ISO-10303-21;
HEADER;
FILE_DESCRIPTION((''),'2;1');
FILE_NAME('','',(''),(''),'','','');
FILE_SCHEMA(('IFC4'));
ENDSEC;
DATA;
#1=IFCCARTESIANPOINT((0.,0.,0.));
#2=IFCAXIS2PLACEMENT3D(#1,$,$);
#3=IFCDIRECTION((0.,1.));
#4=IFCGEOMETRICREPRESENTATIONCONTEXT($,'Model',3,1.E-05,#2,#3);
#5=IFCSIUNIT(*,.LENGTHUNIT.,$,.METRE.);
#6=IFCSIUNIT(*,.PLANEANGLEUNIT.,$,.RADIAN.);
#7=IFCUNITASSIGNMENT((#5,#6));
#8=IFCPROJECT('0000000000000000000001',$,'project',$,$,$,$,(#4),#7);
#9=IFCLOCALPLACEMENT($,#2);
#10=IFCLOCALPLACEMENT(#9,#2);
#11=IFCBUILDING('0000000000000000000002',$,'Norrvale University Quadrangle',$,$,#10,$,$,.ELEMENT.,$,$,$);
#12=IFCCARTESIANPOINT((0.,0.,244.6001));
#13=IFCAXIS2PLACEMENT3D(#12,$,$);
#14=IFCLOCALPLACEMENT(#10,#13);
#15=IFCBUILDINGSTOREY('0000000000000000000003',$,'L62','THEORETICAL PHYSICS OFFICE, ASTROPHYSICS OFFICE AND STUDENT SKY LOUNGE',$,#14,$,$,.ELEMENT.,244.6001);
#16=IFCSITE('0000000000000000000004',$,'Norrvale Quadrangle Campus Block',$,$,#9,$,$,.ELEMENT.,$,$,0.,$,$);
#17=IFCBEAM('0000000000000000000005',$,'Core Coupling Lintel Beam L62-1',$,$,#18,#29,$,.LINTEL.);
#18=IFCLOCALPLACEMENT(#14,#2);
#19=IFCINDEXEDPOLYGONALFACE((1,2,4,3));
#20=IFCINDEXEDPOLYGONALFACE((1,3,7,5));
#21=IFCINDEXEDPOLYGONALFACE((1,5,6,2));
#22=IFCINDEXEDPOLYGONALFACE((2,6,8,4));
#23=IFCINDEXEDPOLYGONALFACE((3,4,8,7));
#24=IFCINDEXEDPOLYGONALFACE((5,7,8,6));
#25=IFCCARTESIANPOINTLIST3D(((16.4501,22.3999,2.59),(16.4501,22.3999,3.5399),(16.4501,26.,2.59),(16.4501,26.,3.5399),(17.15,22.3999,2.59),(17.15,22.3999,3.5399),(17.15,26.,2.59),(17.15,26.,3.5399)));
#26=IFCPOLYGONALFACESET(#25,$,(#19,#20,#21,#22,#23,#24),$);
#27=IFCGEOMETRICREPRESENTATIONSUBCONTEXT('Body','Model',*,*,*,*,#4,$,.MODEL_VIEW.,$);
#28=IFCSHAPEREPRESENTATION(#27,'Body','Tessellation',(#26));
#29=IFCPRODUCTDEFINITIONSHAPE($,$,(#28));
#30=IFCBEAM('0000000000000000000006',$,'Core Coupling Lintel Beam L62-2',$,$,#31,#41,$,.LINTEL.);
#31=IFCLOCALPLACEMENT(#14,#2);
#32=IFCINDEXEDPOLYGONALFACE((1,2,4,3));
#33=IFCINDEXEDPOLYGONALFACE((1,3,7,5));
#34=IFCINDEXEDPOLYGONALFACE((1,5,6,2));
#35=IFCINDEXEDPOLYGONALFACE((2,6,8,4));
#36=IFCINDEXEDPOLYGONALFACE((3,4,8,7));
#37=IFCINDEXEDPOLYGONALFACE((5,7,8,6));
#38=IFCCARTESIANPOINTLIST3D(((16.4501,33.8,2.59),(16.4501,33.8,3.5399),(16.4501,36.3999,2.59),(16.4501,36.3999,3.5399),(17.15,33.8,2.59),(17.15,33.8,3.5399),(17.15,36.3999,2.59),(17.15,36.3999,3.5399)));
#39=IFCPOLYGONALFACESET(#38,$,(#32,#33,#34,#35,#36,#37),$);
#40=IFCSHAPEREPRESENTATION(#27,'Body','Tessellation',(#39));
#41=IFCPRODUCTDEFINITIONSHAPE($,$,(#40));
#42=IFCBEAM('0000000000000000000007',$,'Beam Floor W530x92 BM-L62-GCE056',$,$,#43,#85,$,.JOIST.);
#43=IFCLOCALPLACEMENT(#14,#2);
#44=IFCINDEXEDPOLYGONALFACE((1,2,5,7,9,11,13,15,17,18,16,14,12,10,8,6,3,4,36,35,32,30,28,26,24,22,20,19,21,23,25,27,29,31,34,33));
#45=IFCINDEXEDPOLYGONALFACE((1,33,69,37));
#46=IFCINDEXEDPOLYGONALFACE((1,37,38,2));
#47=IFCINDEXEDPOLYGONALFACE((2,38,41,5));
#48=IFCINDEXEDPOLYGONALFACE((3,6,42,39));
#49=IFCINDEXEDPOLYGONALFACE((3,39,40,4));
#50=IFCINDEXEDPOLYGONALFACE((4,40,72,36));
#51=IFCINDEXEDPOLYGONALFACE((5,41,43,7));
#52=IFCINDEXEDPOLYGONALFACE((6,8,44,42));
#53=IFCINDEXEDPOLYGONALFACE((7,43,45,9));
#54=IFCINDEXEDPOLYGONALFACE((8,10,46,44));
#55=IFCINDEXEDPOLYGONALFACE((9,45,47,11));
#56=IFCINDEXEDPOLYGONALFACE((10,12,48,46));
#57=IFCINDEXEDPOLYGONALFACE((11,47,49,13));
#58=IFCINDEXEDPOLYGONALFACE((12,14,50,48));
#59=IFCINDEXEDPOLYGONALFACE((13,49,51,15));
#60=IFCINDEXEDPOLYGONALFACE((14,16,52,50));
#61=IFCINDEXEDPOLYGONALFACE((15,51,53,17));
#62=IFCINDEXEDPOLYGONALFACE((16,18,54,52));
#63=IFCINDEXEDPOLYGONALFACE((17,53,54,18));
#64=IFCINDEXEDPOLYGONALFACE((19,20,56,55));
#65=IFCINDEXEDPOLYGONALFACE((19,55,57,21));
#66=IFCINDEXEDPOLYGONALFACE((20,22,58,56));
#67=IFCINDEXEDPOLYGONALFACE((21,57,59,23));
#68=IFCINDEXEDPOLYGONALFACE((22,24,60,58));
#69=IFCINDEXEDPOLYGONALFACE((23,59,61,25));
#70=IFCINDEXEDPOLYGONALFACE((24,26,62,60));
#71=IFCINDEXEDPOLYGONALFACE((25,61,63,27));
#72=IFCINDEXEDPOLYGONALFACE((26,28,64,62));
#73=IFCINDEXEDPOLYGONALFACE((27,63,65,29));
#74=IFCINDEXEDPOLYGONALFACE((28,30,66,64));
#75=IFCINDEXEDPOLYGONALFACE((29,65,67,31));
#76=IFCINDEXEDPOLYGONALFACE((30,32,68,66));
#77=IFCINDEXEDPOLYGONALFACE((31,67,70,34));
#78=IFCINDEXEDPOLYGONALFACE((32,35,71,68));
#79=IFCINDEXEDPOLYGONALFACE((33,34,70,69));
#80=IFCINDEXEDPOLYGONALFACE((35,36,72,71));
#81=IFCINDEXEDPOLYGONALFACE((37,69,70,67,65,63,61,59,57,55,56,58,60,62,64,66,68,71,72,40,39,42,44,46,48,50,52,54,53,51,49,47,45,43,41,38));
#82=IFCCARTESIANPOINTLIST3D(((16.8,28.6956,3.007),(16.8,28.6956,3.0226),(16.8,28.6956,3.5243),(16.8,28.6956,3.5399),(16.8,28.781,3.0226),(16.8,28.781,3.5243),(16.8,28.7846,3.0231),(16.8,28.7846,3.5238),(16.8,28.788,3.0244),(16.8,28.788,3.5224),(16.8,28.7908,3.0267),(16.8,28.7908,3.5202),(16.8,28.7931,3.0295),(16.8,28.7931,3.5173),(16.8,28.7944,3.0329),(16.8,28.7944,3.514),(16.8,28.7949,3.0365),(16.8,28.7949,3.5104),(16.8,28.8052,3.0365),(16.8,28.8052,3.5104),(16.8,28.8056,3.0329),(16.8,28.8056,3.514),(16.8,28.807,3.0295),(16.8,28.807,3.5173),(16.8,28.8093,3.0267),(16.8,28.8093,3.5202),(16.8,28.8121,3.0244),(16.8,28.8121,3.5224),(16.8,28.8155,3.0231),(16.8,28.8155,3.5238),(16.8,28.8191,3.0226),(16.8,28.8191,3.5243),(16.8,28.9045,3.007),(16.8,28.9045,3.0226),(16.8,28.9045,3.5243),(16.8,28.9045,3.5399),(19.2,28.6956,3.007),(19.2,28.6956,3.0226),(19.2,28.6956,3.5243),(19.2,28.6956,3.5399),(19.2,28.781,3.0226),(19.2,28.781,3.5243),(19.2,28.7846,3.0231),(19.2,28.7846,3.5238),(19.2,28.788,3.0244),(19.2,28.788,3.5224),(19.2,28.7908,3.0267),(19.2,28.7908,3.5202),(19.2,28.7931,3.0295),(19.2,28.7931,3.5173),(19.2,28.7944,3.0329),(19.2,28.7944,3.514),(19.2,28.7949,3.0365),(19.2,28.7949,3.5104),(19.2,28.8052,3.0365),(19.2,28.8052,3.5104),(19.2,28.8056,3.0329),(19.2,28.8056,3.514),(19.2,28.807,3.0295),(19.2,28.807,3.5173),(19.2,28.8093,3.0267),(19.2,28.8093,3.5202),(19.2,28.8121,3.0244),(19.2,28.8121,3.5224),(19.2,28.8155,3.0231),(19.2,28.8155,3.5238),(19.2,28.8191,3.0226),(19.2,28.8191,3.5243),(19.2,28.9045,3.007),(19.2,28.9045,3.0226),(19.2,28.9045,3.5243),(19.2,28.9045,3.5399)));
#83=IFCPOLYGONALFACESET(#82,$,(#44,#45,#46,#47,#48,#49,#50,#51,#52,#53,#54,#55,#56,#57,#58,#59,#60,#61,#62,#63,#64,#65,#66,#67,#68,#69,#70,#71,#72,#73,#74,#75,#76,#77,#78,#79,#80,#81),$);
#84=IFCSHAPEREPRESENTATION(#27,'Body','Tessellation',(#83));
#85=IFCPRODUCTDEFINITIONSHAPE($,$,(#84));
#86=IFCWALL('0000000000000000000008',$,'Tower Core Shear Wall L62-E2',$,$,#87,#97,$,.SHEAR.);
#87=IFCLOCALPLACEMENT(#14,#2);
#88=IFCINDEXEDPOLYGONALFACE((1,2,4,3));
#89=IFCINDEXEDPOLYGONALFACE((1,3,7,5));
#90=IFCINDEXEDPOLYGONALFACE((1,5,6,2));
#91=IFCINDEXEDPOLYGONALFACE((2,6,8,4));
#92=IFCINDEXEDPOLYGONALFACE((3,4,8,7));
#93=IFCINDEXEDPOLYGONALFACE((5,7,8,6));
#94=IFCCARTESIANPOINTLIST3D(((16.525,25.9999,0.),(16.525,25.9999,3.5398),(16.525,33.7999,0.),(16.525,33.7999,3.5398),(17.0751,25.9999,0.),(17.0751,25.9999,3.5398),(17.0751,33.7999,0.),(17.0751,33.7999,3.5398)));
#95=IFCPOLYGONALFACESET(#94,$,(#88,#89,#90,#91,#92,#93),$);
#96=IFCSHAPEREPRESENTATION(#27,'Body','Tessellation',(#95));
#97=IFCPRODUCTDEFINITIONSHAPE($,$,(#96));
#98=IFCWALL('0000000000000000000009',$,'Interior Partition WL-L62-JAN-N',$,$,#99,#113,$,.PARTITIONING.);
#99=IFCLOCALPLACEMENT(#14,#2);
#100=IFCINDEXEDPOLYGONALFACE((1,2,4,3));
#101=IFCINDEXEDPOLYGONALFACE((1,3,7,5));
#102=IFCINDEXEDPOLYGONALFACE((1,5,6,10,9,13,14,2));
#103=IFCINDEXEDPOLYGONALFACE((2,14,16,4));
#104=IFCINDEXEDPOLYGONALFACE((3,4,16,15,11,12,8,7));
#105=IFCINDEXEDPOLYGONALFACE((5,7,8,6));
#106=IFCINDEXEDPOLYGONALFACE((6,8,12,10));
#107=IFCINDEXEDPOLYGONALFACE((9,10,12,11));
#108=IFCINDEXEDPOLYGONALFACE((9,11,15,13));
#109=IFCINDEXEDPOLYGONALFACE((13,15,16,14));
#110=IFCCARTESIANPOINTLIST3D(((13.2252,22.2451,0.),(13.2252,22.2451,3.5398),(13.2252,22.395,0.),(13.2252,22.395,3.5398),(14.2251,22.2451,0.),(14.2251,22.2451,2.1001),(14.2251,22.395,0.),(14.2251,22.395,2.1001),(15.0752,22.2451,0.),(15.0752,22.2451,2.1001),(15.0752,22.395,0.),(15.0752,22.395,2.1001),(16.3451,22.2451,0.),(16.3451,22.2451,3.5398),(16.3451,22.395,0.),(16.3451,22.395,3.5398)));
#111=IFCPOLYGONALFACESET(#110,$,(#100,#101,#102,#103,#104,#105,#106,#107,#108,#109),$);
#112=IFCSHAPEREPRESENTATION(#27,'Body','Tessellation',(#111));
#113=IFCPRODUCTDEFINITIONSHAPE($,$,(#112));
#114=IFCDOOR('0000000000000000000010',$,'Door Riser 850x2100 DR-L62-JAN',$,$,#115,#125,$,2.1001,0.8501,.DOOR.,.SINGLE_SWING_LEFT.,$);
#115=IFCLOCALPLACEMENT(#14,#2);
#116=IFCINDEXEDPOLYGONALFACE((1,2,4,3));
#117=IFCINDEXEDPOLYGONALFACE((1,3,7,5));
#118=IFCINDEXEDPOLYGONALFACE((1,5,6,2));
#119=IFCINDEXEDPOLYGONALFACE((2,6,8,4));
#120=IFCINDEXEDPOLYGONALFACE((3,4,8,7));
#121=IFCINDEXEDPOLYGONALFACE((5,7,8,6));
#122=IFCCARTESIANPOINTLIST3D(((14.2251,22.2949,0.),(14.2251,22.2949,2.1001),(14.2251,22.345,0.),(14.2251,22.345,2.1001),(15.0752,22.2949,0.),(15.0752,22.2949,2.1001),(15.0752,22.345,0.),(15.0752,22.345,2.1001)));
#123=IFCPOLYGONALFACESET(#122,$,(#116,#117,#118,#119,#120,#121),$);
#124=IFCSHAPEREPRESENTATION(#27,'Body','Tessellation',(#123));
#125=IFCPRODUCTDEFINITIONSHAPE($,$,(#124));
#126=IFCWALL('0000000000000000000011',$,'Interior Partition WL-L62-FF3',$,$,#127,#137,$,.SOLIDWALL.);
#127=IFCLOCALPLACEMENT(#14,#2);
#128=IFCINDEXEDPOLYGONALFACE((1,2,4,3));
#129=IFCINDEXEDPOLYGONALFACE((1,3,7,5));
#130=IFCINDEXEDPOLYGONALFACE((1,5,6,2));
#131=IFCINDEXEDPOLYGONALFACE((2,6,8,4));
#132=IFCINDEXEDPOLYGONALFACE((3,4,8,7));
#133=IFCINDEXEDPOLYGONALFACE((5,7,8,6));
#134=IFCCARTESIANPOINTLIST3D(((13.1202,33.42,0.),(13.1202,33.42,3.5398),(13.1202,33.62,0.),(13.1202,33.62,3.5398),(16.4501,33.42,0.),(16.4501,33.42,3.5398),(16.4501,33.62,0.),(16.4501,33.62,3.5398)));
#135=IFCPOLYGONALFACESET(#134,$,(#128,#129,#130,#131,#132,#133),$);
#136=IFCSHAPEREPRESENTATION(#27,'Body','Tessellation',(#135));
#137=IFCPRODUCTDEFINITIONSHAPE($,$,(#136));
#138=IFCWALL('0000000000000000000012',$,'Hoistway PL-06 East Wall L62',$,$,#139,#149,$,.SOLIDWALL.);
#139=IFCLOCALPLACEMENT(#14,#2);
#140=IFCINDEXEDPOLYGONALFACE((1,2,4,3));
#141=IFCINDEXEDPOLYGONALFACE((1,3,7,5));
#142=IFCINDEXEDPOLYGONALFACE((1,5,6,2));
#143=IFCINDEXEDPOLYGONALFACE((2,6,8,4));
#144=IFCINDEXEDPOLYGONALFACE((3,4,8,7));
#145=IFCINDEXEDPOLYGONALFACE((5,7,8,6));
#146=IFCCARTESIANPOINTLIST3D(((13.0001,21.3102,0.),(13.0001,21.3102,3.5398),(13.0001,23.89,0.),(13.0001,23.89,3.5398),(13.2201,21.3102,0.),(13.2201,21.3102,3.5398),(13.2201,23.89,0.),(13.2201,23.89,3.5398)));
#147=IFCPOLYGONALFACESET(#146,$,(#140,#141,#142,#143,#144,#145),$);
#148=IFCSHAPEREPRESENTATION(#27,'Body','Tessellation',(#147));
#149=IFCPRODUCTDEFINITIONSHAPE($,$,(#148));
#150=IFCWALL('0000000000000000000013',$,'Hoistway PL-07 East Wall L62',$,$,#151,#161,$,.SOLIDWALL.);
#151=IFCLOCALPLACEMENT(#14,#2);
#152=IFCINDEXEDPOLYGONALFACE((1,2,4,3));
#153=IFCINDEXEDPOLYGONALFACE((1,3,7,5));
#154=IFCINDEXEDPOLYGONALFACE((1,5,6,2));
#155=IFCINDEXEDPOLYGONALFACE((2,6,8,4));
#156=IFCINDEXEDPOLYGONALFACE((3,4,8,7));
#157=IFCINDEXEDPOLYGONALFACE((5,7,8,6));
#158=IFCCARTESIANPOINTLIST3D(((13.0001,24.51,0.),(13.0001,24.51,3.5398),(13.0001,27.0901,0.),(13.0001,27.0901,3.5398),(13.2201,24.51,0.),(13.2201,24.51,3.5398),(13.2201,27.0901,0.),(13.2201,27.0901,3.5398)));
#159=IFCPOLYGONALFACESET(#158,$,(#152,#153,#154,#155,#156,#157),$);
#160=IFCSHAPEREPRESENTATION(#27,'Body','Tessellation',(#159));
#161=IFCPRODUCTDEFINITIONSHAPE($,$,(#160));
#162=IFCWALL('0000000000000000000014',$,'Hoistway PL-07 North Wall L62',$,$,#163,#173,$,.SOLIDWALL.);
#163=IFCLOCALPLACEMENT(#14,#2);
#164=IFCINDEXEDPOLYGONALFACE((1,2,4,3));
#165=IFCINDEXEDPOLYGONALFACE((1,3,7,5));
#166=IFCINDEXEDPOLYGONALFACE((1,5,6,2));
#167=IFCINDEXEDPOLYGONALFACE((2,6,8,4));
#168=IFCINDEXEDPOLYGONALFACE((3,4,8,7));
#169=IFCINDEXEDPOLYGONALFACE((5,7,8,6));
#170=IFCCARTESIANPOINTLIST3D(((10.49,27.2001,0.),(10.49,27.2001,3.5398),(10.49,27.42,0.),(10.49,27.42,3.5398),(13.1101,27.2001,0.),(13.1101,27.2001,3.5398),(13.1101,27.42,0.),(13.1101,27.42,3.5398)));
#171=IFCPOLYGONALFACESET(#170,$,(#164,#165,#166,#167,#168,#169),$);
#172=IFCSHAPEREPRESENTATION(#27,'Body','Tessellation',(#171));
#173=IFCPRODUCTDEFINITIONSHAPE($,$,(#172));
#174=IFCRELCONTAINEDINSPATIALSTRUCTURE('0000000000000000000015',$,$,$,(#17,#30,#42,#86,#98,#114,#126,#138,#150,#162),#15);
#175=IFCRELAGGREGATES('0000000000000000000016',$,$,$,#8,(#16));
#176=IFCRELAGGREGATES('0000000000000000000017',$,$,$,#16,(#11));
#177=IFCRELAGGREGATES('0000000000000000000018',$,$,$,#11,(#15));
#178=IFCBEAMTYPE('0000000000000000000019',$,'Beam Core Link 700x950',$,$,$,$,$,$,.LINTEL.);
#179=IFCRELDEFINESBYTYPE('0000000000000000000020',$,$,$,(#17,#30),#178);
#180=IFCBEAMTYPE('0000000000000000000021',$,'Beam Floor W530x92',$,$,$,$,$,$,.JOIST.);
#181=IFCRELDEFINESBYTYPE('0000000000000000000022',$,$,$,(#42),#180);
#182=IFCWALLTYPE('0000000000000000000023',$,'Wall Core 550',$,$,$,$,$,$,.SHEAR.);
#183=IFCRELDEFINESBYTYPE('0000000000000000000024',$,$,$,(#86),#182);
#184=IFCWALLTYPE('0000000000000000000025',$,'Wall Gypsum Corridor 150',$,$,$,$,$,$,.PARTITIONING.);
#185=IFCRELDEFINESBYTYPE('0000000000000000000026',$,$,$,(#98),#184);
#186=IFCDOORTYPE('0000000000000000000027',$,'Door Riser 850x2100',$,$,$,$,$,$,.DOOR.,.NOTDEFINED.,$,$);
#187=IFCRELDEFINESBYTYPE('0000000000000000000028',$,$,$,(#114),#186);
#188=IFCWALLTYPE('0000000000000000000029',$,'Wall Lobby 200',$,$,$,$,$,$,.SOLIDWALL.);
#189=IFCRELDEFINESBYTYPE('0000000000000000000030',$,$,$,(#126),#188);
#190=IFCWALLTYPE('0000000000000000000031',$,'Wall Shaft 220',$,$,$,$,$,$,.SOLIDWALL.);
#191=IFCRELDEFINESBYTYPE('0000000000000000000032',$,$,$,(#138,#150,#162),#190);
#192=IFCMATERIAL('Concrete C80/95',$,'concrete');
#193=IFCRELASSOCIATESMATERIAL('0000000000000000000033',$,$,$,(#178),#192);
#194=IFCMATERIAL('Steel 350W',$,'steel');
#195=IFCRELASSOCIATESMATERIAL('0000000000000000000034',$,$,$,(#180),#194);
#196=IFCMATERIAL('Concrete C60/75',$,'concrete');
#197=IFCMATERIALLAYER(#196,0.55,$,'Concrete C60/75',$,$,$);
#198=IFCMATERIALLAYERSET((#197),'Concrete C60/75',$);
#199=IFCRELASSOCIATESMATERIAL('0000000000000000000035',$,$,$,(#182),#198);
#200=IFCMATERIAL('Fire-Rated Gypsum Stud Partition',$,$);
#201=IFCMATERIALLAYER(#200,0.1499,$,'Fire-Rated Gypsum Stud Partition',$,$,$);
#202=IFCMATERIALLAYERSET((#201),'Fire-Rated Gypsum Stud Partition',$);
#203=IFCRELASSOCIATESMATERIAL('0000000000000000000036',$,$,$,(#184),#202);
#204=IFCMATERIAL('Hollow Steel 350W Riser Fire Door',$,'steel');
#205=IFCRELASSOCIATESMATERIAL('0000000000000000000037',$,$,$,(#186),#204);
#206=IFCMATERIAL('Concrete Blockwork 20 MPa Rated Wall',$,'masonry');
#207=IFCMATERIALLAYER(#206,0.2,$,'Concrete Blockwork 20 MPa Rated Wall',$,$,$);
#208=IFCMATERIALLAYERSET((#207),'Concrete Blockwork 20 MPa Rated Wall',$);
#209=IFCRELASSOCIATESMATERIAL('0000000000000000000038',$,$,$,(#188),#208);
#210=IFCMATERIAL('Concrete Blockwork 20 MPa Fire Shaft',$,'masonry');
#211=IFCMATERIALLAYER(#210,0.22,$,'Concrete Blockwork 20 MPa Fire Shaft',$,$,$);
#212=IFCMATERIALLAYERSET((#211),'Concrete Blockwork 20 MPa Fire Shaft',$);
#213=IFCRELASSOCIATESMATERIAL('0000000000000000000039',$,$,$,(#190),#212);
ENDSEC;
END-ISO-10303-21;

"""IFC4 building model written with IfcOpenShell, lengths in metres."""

from ifc_helpers import new_model, si_unit, direction, frame, frame_2d, origin, origin_2d, place, context, subcontext, project, spatial, rectangle, i_section, extrude, material, layer, layer_set, material_profile, profile_set, type_object, element, fill, save


model = new_model("IFC4")

# Units and contexts
model_context = context("Model", 3, precision=1e-05, world=origin(), true_north=direction((0.0, 1.0)))
body_context = subcontext(model_context, "Body", "Model", "MODEL_VIEW")
ifc_project = project(units=[si_unit("LENGTHUNIT", "METRE"), si_unit("PLANEANGLEUNIT", "RADIAN")], contexts=[model_context])

# Site, building, storey
site_placement = place(None, origin())
site = spatial("IfcSite", under=ifc_project, at=site_placement, Name="Norrvale Quadrangle Campus Block", CompositionType="ELEMENT", RefElevation=0.0)
building_placement = place(site_placement, origin())
building = spatial("IfcBuilding", under=site, at=building_placement, Name="Norrvale University Quadrangle", CompositionType="ELEMENT")
storey_placement = place(building_placement, frame((0.0, 0.0, 244.6001)))
storey = spatial("IfcBuildingStorey", under=building, at=storey_placement, Name="L62", Description="THEORETICAL PHYSICS OFFICE, ASTROPHYSICS OFFICE AND STUDENT SKY LOUNGE", CompositionType="ELEMENT", Elevation=244.6001)

# Beams
ifc_material_1 = material(Name="Concrete C80/95", Category="concrete")
ifc_material_profile_1 = material_profile(ifc_material_1, rectangle(XDim=0.7, YDim=0.95, at=origin_2d()), Name="Concrete C80/95")
ifc_profile_set_1 = profile_set([ifc_material_profile_1], Name="Concrete C80/95")
beam_type_1 = type_object("IfcBeamType", Name="Beam Core Link 700x950", PredefinedType="LINTEL", material=ifc_profile_set_1)
beam_1_placement = place(storey_placement, frame((16.8, 22.3999, 3.0649), z_axis=(0.0, 1.0, 0.0), x_axis=(-1.0, 0.0, 0.0)))
element("IfcBeam", 1, at=beam_1_placement, inside=storey, type_object=beam_type_1, Name="Core Coupling Lintel Beam L62-1", PredefinedType="LINTEL", context=body_context, shape_type="SweptSolid", body=[
    extrude(rectangle(XDim=0.7, YDim=0.95, at=origin_2d()), origin(), (0.0, 0.0, 1.0), 3.6001),
])
beam_2_placement = place(storey_placement, frame((16.8, 33.8, 3.0649), z_axis=(0.0, 1.0, 0.0), x_axis=(-1.0, 0.0, 0.0)))
element("IfcBeam", 2, at=beam_2_placement, inside=storey, type_object=beam_type_1, Name="Core Coupling Lintel Beam L62-2", PredefinedType="LINTEL", context=body_context, shape_type="SweptSolid", body=[
    extrude(rectangle(XDim=0.7, YDim=0.95, at=origin_2d()), origin(), (0.0, 0.0, 1.0), 2.5999),
])
ifc_material_2 = material(Name="Steel 350W", Category="steel")
ifc_material_profile_2 = material_profile(ifc_material_2, i_section(OverallWidth=0.209, OverallDepth=0.533, WebThickness=0.0103, FlangeThickness=0.0156, FilletRadius=0.0139, at=origin_2d()), Name="Steel 350W")
ifc_profile_set_2 = profile_set([ifc_material_profile_2], Name="Steel 350W")
beam_type_2 = type_object("IfcBeamType", Name="Beam Floor W530x92", PredefinedType="JOIST", material=ifc_profile_set_2)
beam_3_placement = place(storey_placement, frame((16.8, 28.8, 3.2734), z_axis=(1.0, 0.0, 0.0), x_axis=(0.0, 1.0, 0.0)))
element("IfcBeam", 3, at=beam_3_placement, inside=storey, type_object=beam_type_2, Name="Beam Floor W530x92 BM-L62-GCE056", PredefinedType="JOIST", context=body_context, shape_type="SweptSolid", body=[
    extrude(i_section(OverallWidth=0.209, OverallDepth=0.533, WebThickness=0.0103, FlangeThickness=0.0156, FilletRadius=0.0139, at=origin_2d()), origin(), (0.0, 0.0, 1.0), 2.3999),
])

# Wall
ifc_material_3 = material(Name="Concrete C60/75", Category="concrete")
ifc_layer_1 = layer(ifc_material_3, 0.55, Name="Concrete C60/75")
ifc_layer_set_1 = layer_set([ifc_layer_1], Name="Concrete C60/75")
wall_type_1 = type_object("IfcWallType", Name="Wall Core 550", PredefinedType="SHEAR", material=ifc_layer_set_1)
wall_1_placement = place(storey_placement, frame((16.8, 26.0, 0.0), z_axis=(0.0, 0.0, 1.0), x_axis=(0.0, 1.0, 0.0)))
element("IfcWall", 4, at=wall_1_placement, inside=storey, type_object=wall_type_1, Name="Tower Core Shear Wall L62-E2", PredefinedType="SHEAR", context=body_context, shape_type="SweptSolid", body=[
    extrude(rectangle(XDim=7.8, YDim=0.55, at=frame_2d((3.8999, 0.0))), origin(), (0.0, 0.0, 1.0), 3.5398),
])

# Wall, opening, door
ifc_material_4 = material(Name="Fire-Rated Gypsum Stud Partition")
ifc_layer_2 = layer(ifc_material_4, 0.1499, Name="Fire-Rated Gypsum Stud Partition")
ifc_layer_set_2 = layer_set([ifc_layer_2], Name="Fire-Rated Gypsum Stud Partition")
wall_type_2 = type_object("IfcWallType", Name="Wall Gypsum Corridor 150", PredefinedType="PARTITIONING", material=ifc_layer_set_2)
wall_2_placement = place(storey_placement, frame((13.2251, 22.3201, 0.0), z_axis=(0.0, 0.0, 1.0), x_axis=(1.0, 0.0, 0.0)))
wall_2 = element("IfcWall", 5, at=wall_2_placement, inside=storey, type_object=wall_type_2, Name="Interior Partition WL-L62-JAN-N", PredefinedType="PARTITIONING", context=body_context, shape_type="SweptSolid", body=[
    extrude(rectangle(XDim=3.1199, YDim=0.1499, at=frame_2d((1.5601, 0.0))), origin(), (0.0, 0.0, 1.0), 3.5398),
])
opening_1_placement = place(wall_2_placement, frame((1.0, 0.0, 0.0)))
opening_1 = element("IfcOpeningElement", 6, at=opening_1_placement, cuts=wall_2, PredefinedType="OPENING", context=body_context, shape_type="SweptSolid", body=[
    extrude(rectangle(XDim=0.8501, YDim=2.1001, at=frame_2d((0.425, 1.05))), frame((0.0, 0.0869, 0.0), z_axis=(0.0, -1.0, 0.0), x_axis=(1.0, 0.0, 0.0)), (0.0, 0.0, 1.0), 0.1738),
])
ifc_material_5 = material(Name="Hollow Steel 350W Riser Fire Door", Category="steel")
door_type_1 = type_object("IfcDoorType", Name="Door Riser 850x2100", OperationType="NOTDEFINED", PredefinedType="DOOR", material=ifc_material_5)
door_1_placement = place(opening_1_placement, origin())
door_1 = element("IfcDoor", 7, at=door_1_placement, inside=storey, type_object=door_type_1, Name="Door Riser 850x2100 DR-L62-JAN", OperationType="SINGLE_SWING_LEFT", OverallHeight=2.1001, OverallWidth=0.8501, PredefinedType="DOOR", context=body_context, shape_type="SweptSolid", body=[
    extrude(rectangle(XDim=0.8501, YDim=2.1001, at=frame_2d((0.425, 1.05))), frame((0.0, 0.0249, 0.0), z_axis=(0.0, -1.0, 0.0), x_axis=(1.0, 0.0, 0.0)), (0.0, 0.0, 1.0), 0.05),
])
fill(opening_1, door_1)

# Walls
ifc_material_6 = material(Name="Concrete Blockwork 20 MPa Rated Wall", Category="masonry")
ifc_layer_3 = layer(ifc_material_6, 0.2, Name="Concrete Blockwork 20 MPa Rated Wall")
ifc_layer_set_3 = layer_set([ifc_layer_3], Name="Concrete Blockwork 20 MPa Rated Wall")
wall_type_3 = type_object("IfcWallType", Name="Wall Lobby 200", PredefinedType="SOLIDWALL", material=ifc_layer_set_3)
wall_3_placement = place(storey_placement, frame((13.1201, 33.52, 0.0), z_axis=(0.0, 0.0, 1.0), x_axis=(1.0, 0.0, 0.0)))
element("IfcWall", 8, at=wall_3_placement, inside=storey, type_object=wall_type_3, Name="Interior Partition WL-L62-FF3", PredefinedType="SOLIDWALL", context=body_context, shape_type="SweptSolid", body=[
    extrude(rectangle(XDim=3.3298, YDim=0.2, at=frame_2d((1.665, 0.0))), origin(), (0.0, 0.0, 1.0), 3.5398),
])
ifc_material_7 = material(Name="Concrete Blockwork 20 MPa Fire Shaft", Category="masonry")
ifc_layer_4 = layer(ifc_material_7, 0.22, Name="Concrete Blockwork 20 MPa Fire Shaft")
ifc_layer_set_4 = layer_set([ifc_layer_4], Name="Concrete Blockwork 20 MPa Fire Shaft")
wall_type_4 = type_object("IfcWallType", Name="Wall Shaft 220", PredefinedType="SOLIDWALL", material=ifc_layer_set_4)
wall_4_placement = place(storey_placement, frame((13.1101, 21.3101, 0.0), z_axis=(0.0, 0.0, 1.0), x_axis=(0.0, 1.0, 0.0)))
element("IfcWall", 9, at=wall_4_placement, inside=storey, type_object=wall_type_4, Name="Hoistway PL-06 East Wall L62", PredefinedType="SOLIDWALL", context=body_context, shape_type="SweptSolid", body=[
    extrude(rectangle(XDim=2.5798, YDim=0.22, at=frame_2d((1.29, 0.0))), origin(), (0.0, 0.0, 1.0), 3.5398),
])
wall_5_placement = place(storey_placement, frame((13.1101, 24.51, 0.0), z_axis=(0.0, 0.0, 1.0), x_axis=(0.0, 1.0, 0.0)))
element("IfcWall", 10, at=wall_5_placement, inside=storey, type_object=wall_type_4, Name="Hoistway PL-07 East Wall L62", PredefinedType="SOLIDWALL", context=body_context, shape_type="SweptSolid", body=[
    extrude(rectangle(XDim=2.5801, YDim=0.22, at=frame_2d((1.29, 0.0))), origin(), (0.0, 0.0, 1.0), 3.5398),
])
wall_6_placement = place(storey_placement, frame((10.49, 27.3101, 0.0), z_axis=(0.0, 0.0, 1.0), x_axis=(1.0, 0.0, 0.0)))
element("IfcWall", 11, at=wall_6_placement, inside=storey, type_object=wall_type_4, Name="Hoistway PL-07 North Wall L62", PredefinedType="SOLIDWALL", context=body_context, shape_type="SweptSolid", body=[
    extrude(rectangle(XDim=2.6201, YDim=0.22, at=frame_2d((1.3101, 0.0))), origin(), (0.0, 0.0, 1.0), 3.5398),
])

save(model, "model.ifc")
